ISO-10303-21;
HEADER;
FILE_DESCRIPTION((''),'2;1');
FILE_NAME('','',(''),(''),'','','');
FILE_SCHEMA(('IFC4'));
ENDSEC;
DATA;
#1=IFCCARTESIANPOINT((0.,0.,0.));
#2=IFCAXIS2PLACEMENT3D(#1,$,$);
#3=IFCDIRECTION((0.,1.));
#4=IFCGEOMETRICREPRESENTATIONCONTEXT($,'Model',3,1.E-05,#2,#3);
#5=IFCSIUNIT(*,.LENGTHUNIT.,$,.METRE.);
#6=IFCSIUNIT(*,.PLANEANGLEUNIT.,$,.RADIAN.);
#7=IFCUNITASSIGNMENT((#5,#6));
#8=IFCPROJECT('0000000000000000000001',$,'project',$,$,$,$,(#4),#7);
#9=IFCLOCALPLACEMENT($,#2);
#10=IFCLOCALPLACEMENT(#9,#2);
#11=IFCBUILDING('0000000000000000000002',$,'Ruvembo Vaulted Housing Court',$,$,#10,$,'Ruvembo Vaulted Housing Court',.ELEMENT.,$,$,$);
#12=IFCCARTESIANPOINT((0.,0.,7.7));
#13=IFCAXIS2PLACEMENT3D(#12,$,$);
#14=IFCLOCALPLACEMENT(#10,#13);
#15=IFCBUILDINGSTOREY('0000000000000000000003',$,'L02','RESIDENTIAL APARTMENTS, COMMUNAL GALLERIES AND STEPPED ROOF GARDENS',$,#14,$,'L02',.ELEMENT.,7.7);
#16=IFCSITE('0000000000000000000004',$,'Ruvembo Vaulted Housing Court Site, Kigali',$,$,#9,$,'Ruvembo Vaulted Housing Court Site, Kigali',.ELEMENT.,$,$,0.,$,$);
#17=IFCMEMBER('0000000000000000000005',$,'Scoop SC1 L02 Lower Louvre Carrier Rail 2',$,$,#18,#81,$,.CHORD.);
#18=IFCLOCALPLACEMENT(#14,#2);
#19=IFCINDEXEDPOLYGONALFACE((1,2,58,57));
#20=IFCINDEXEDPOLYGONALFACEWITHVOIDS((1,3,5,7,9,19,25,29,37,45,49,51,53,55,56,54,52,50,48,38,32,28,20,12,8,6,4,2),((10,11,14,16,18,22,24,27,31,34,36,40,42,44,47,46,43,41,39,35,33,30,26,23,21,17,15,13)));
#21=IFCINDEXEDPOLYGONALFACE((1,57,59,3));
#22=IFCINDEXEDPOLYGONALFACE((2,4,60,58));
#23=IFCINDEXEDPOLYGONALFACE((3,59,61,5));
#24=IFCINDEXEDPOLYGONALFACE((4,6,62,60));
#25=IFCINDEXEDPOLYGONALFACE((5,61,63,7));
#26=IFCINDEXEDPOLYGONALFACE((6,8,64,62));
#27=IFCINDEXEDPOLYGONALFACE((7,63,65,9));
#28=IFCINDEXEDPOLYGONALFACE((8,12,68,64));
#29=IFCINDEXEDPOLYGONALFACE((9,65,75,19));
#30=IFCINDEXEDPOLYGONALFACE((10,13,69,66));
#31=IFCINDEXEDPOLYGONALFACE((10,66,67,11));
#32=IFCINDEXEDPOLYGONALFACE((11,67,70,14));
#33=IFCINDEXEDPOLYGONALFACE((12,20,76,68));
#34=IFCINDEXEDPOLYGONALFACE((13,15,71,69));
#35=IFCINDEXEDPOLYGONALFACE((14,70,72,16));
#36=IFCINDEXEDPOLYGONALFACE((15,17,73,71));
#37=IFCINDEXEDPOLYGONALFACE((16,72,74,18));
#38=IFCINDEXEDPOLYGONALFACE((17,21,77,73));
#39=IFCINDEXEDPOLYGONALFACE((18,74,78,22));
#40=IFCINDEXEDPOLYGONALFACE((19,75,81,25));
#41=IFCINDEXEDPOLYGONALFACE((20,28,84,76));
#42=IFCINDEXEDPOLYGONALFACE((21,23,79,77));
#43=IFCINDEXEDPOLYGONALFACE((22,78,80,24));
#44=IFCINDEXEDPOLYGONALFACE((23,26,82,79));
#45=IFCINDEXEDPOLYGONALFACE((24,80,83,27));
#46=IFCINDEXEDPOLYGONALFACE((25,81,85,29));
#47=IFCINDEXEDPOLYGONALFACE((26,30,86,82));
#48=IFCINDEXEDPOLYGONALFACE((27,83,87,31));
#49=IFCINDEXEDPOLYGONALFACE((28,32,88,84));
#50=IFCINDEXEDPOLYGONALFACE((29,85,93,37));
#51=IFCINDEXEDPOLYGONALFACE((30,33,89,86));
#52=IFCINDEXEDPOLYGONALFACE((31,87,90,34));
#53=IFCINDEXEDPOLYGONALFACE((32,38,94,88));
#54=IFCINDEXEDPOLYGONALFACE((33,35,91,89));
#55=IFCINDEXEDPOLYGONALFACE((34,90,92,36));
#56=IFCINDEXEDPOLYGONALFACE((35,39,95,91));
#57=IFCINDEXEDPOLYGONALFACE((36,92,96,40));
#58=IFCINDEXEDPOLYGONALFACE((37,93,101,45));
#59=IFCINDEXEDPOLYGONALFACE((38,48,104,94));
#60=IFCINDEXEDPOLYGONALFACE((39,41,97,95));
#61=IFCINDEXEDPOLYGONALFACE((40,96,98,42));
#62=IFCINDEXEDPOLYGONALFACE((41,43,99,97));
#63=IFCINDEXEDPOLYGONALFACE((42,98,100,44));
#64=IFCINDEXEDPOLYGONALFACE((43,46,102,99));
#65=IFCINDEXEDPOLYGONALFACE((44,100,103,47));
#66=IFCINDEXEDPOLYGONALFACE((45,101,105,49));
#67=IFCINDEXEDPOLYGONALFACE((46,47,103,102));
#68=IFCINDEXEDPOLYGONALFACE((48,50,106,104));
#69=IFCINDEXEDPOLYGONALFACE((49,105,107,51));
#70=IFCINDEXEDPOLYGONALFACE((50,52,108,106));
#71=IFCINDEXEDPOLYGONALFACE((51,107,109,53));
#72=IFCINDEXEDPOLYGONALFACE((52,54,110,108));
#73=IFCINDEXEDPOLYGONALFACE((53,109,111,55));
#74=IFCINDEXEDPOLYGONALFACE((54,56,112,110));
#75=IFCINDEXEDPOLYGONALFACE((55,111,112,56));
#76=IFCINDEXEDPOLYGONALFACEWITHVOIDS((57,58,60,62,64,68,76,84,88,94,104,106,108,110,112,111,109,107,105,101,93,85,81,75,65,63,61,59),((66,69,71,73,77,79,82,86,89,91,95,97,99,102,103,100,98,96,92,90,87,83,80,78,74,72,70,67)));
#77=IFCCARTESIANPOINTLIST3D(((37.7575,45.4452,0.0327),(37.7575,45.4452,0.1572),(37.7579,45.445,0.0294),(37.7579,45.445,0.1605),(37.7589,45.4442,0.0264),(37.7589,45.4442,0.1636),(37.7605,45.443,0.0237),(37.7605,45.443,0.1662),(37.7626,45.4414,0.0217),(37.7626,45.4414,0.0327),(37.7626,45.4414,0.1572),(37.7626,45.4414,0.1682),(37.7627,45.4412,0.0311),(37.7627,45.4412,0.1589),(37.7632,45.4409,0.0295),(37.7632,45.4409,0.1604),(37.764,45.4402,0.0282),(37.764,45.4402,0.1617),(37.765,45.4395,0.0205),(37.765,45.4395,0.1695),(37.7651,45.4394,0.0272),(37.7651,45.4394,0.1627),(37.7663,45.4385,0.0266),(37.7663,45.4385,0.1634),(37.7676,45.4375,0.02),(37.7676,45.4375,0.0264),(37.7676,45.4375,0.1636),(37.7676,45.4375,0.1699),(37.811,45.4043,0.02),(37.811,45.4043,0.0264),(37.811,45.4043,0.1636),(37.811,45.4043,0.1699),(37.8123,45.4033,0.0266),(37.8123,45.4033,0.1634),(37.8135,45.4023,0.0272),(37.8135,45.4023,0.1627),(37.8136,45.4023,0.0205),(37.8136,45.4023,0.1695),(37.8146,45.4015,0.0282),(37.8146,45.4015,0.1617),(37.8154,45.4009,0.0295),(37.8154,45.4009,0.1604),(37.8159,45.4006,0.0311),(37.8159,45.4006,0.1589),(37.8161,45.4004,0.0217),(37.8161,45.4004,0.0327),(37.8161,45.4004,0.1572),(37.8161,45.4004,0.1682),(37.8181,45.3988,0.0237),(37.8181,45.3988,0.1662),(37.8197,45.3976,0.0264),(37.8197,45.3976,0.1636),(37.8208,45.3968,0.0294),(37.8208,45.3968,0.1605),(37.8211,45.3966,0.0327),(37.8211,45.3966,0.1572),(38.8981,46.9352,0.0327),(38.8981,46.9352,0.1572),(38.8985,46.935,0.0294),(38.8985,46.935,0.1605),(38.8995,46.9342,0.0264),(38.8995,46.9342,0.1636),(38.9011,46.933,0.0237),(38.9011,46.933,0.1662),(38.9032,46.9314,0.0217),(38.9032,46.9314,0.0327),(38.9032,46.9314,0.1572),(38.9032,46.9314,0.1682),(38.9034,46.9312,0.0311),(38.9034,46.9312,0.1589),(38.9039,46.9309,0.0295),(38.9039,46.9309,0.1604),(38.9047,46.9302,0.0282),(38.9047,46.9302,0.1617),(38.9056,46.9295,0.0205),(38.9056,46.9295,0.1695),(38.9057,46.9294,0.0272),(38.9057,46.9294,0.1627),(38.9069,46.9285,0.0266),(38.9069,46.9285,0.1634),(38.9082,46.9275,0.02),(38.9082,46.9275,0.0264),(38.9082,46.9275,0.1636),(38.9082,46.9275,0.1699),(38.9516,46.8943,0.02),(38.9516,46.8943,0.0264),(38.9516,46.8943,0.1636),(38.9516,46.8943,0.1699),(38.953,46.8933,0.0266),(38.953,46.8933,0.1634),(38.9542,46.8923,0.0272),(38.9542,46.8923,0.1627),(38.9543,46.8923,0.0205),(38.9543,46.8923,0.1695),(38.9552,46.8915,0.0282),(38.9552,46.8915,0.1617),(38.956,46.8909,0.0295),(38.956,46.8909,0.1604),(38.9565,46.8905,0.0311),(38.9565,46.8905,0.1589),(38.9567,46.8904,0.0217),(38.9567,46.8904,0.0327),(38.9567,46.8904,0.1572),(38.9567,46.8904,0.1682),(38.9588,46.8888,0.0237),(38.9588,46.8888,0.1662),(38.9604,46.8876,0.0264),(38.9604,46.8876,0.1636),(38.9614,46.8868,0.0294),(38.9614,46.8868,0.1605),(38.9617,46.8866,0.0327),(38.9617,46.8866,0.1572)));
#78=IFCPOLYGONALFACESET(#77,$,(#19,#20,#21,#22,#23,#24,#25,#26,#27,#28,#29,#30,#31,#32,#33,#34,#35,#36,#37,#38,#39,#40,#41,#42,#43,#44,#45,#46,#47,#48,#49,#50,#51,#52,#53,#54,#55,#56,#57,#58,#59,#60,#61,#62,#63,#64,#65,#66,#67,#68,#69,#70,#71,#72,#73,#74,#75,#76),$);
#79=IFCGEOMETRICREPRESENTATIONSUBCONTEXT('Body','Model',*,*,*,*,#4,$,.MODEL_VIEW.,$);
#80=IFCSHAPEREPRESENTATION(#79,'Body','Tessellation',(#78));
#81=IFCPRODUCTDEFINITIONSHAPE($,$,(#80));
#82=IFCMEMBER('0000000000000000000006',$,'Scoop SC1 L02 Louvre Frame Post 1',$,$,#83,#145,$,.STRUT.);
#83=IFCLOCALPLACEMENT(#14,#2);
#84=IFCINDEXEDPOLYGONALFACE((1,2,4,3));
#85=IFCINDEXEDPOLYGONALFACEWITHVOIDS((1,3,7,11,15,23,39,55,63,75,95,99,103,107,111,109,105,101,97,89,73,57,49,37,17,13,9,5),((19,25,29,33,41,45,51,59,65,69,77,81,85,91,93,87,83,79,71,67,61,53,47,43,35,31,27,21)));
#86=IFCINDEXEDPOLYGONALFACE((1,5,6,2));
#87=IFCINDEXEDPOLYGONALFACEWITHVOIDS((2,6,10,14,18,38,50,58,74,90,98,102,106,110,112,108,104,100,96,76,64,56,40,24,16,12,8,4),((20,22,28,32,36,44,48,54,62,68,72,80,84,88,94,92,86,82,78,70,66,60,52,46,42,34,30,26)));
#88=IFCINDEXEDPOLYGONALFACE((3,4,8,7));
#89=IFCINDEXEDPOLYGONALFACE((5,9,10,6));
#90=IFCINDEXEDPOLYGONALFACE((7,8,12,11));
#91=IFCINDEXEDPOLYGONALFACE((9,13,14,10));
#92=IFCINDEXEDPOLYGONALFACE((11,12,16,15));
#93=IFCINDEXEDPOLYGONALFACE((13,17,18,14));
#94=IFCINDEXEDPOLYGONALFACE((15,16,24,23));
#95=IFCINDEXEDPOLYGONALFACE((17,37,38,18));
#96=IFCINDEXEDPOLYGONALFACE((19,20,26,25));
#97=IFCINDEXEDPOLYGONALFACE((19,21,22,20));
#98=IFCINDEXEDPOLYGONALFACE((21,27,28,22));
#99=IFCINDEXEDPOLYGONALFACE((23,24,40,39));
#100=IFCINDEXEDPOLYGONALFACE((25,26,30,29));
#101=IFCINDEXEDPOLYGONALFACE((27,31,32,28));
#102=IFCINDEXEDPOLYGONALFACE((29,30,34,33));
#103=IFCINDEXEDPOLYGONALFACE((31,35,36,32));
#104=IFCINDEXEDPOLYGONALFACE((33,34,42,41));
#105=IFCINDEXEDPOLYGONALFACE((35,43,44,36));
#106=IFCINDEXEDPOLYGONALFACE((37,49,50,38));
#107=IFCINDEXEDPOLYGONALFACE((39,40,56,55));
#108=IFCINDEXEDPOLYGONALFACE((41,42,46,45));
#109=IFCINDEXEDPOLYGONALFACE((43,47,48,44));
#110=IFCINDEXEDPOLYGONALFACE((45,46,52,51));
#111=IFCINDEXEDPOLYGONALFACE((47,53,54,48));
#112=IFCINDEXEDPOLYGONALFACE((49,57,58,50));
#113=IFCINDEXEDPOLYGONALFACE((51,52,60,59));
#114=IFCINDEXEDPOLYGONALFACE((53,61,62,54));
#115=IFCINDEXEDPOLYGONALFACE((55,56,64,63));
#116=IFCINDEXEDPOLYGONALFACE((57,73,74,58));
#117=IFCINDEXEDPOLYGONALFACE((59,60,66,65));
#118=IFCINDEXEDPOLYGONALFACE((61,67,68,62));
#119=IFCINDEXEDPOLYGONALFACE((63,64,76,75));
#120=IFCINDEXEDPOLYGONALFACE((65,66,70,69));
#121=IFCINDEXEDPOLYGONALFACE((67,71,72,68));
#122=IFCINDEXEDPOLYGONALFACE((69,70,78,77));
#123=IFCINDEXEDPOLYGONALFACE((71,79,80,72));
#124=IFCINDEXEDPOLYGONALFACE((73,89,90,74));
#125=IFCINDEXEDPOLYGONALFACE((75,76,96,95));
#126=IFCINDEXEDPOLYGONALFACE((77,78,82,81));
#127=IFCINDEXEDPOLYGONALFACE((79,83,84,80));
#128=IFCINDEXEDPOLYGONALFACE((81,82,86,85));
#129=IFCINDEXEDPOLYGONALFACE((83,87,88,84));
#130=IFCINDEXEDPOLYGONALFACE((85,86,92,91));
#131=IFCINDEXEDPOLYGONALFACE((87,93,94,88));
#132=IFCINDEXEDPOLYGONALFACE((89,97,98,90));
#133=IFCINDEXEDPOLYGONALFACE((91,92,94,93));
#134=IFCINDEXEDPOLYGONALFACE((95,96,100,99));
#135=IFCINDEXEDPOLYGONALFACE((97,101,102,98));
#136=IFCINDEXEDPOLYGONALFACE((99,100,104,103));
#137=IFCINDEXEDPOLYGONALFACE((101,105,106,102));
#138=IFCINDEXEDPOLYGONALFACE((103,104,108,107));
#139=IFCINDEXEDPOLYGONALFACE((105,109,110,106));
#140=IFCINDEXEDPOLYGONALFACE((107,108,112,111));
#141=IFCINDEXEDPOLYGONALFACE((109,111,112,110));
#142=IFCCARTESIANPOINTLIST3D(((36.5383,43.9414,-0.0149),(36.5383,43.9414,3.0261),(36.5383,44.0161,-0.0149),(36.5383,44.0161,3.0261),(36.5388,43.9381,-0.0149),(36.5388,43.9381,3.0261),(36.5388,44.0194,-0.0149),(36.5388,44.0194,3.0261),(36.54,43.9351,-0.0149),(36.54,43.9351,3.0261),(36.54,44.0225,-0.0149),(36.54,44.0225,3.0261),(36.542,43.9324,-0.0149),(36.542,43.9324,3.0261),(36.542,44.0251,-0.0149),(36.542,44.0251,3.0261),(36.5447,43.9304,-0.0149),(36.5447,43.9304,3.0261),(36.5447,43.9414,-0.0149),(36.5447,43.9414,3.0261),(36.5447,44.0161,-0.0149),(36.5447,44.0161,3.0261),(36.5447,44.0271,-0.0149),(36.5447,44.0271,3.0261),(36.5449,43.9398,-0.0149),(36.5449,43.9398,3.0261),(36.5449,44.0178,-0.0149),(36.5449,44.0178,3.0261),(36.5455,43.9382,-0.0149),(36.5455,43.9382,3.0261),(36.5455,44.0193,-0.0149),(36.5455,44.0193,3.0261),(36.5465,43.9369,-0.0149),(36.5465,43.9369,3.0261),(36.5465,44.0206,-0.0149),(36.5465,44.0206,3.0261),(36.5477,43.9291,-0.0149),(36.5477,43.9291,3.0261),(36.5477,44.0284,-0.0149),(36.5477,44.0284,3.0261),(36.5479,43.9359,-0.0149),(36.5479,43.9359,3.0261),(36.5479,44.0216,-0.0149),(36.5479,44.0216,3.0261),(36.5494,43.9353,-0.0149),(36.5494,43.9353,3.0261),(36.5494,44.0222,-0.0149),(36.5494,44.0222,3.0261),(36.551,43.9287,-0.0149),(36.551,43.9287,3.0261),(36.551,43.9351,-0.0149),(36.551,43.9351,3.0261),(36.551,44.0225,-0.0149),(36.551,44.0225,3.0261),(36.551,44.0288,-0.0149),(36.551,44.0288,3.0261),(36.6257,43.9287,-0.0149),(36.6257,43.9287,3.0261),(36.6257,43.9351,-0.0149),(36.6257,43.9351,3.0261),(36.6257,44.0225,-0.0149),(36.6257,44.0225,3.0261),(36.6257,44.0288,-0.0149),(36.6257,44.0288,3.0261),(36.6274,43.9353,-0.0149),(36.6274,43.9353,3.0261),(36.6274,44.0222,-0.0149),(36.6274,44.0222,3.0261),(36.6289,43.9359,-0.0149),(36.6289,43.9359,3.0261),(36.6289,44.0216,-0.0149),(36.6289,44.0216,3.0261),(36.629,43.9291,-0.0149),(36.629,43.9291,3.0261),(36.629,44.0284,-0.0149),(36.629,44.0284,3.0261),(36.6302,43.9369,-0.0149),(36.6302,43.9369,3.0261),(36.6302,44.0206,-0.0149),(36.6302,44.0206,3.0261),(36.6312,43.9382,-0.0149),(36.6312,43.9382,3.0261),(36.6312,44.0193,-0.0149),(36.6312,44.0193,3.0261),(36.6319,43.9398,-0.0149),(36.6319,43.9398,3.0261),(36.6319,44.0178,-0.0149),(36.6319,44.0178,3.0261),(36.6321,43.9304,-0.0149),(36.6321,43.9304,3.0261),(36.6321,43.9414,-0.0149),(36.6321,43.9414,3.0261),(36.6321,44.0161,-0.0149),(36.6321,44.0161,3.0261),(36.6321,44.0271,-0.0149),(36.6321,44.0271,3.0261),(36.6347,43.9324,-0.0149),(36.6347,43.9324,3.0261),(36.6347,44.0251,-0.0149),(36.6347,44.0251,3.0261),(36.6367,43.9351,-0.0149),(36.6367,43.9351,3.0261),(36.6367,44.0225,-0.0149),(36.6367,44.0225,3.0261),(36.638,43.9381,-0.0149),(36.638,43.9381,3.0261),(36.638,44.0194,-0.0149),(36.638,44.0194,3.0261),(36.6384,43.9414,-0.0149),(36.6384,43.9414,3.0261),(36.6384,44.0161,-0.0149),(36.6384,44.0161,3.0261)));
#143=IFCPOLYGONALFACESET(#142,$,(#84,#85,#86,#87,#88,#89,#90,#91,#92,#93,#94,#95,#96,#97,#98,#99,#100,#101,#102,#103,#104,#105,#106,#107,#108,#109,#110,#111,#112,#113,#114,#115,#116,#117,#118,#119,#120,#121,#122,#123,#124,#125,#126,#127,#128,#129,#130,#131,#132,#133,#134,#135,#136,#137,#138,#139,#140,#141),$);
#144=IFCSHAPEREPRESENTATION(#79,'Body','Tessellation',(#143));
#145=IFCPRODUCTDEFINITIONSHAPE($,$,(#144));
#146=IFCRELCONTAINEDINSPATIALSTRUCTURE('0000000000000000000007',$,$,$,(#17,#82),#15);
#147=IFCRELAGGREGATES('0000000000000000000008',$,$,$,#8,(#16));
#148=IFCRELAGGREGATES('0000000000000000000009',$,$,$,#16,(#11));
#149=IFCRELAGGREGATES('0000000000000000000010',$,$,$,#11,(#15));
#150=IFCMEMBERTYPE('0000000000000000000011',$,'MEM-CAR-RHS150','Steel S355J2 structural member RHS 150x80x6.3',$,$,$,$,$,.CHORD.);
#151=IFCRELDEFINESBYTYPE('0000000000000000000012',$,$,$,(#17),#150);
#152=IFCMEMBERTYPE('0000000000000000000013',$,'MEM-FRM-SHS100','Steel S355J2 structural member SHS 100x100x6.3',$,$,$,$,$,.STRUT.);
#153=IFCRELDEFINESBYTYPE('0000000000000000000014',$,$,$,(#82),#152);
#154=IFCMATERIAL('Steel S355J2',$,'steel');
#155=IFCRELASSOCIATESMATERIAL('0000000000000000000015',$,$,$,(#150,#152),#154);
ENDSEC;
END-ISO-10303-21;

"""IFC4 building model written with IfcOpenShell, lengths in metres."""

from ifc_helpers import new_model, si_unit, direction, frame, origin, origin_2d, place, context, subcontext, project, spatial, hollow_rectangle, extrude, material, material_profile, profile_set, type_object, element, save


model = new_model("IFC4")

# Units and contexts
model_context = context("Model", 3, precision=1e-05, world=origin(), true_north=direction((0.0, 1.0)))
body_context = subcontext(model_context, "Body", "Model", "MODEL_VIEW")
ifc_project = project(units=[si_unit("LENGTHUNIT", "METRE"), si_unit("PLANEANGLEUNIT", "RADIAN")], contexts=[model_context])

# Site, building, storey
site_placement = place(None, origin())
site = spatial("IfcSite", under=ifc_project, at=site_placement, Name="Ruvembo Vaulted Housing Court Site, Kigali", LongName="Ruvembo Vaulted Housing Court Site, Kigali", CompositionType="ELEMENT", RefElevation=0.0)
building_placement = place(site_placement, origin())
building = spatial("IfcBuilding", under=site, at=building_placement, Name="Ruvembo Vaulted Housing Court", LongName="Ruvembo Vaulted Housing Court", CompositionType="ELEMENT")
storey_placement = place(building_placement, frame((0.0, 0.0, 7.7)))
storey = spatial("IfcBuildingStorey", under=building, at=storey_placement, Name="L02", Description="RESIDENTIAL APARTMENTS, COMMUNAL GALLERIES AND STEPPED ROOF GARDENS", LongName="L02", CompositionType="ELEMENT", Elevation=7.7)

# Shared definitions
ifc_material_1 = material(Name="Steel S355J2", Category="steel")

# Members
ifc_material_profile_1 = material_profile(ifc_material_1, hollow_rectangle(XDim=0.0801, YDim=0.1499, WallThickness=0.0063, InnerFilletRadius=0.0063, OuterFilletRadius=0.0127, at=origin_2d()), Name="RHS 150x80x6.3")
ifc_profile_set_1 = profile_set([ifc_material_profile_1], Name="Steel S355J2")
member_type_1 = type_object("IfcMemberType", Name="MEM-CAR-RHS150", Description="Steel S355J2 structural member RHS 150x80x6.3", PredefinedType="CHORD", material=ifc_profile_set_1)
member_1_placement = place(storey_placement, frame((37.7893, 45.4209, 0.095), z_axis=(0.607861, 0.794044, 0.0), x_axis=(-0.794044, 0.607861, 0.0)))
element("IfcMember", 1, at=member_1_placement, inside=storey, type_object=member_type_1, Name="Scoop SC1 L02 Lower Louvre Carrier Rail 2", PredefinedType="CHORD", context=body_context, shape_type="SweptSolid", body=[
    extrude(hollow_rectangle(XDim=0.0801, YDim=0.1499, WallThickness=0.0063, InnerFilletRadius=0.0063, OuterFilletRadius=0.0127, at=origin_2d()), origin(), (0.0, 0.0, 1.0), 1.8765),
])
ifc_material_profile_2 = material_profile(ifc_material_1, hollow_rectangle(XDim=0.1001, YDim=0.1001, WallThickness=0.0063, InnerFilletRadius=0.0063, OuterFilletRadius=0.0127, at=origin_2d()), Name="SHS 100x100x6.3")
ifc_profile_set_2 = profile_set([ifc_material_profile_2], Name="Steel S355J2")
member_type_2 = type_object("IfcMemberType", Name="MEM-FRM-SHS100", Description="Steel S355J2 structural member SHS 100x100x6.3", PredefinedType="STRUT", material=ifc_profile_set_2)
for number, where, z_axis, x_axis, name in (
    (2, (36.5884, 43.9788, -0.0149), (0.0, 0.0, 1.0), (1.0, 0.0, 0.0), "Scoop SC1 L02 Louvre Frame Post 1"),
):
    element("IfcMember", number, at=place(storey_placement, frame(where, z_axis=z_axis, x_axis=x_axis)), inside=storey, type_object=member_type_2, Name=name, PredefinedType="STRUT", context=body_context, shape_type="SweptSolid", body=[
        extrude(hollow_rectangle(XDim=0.1001, YDim=0.1001, WallThickness=0.0063, InnerFilletRadius=0.0063, OuterFilletRadius=0.0127, at=origin_2d()), origin(), (0.0, 0.0, 1.0), 3.041),
    ])

save(model, "model.ifc")
